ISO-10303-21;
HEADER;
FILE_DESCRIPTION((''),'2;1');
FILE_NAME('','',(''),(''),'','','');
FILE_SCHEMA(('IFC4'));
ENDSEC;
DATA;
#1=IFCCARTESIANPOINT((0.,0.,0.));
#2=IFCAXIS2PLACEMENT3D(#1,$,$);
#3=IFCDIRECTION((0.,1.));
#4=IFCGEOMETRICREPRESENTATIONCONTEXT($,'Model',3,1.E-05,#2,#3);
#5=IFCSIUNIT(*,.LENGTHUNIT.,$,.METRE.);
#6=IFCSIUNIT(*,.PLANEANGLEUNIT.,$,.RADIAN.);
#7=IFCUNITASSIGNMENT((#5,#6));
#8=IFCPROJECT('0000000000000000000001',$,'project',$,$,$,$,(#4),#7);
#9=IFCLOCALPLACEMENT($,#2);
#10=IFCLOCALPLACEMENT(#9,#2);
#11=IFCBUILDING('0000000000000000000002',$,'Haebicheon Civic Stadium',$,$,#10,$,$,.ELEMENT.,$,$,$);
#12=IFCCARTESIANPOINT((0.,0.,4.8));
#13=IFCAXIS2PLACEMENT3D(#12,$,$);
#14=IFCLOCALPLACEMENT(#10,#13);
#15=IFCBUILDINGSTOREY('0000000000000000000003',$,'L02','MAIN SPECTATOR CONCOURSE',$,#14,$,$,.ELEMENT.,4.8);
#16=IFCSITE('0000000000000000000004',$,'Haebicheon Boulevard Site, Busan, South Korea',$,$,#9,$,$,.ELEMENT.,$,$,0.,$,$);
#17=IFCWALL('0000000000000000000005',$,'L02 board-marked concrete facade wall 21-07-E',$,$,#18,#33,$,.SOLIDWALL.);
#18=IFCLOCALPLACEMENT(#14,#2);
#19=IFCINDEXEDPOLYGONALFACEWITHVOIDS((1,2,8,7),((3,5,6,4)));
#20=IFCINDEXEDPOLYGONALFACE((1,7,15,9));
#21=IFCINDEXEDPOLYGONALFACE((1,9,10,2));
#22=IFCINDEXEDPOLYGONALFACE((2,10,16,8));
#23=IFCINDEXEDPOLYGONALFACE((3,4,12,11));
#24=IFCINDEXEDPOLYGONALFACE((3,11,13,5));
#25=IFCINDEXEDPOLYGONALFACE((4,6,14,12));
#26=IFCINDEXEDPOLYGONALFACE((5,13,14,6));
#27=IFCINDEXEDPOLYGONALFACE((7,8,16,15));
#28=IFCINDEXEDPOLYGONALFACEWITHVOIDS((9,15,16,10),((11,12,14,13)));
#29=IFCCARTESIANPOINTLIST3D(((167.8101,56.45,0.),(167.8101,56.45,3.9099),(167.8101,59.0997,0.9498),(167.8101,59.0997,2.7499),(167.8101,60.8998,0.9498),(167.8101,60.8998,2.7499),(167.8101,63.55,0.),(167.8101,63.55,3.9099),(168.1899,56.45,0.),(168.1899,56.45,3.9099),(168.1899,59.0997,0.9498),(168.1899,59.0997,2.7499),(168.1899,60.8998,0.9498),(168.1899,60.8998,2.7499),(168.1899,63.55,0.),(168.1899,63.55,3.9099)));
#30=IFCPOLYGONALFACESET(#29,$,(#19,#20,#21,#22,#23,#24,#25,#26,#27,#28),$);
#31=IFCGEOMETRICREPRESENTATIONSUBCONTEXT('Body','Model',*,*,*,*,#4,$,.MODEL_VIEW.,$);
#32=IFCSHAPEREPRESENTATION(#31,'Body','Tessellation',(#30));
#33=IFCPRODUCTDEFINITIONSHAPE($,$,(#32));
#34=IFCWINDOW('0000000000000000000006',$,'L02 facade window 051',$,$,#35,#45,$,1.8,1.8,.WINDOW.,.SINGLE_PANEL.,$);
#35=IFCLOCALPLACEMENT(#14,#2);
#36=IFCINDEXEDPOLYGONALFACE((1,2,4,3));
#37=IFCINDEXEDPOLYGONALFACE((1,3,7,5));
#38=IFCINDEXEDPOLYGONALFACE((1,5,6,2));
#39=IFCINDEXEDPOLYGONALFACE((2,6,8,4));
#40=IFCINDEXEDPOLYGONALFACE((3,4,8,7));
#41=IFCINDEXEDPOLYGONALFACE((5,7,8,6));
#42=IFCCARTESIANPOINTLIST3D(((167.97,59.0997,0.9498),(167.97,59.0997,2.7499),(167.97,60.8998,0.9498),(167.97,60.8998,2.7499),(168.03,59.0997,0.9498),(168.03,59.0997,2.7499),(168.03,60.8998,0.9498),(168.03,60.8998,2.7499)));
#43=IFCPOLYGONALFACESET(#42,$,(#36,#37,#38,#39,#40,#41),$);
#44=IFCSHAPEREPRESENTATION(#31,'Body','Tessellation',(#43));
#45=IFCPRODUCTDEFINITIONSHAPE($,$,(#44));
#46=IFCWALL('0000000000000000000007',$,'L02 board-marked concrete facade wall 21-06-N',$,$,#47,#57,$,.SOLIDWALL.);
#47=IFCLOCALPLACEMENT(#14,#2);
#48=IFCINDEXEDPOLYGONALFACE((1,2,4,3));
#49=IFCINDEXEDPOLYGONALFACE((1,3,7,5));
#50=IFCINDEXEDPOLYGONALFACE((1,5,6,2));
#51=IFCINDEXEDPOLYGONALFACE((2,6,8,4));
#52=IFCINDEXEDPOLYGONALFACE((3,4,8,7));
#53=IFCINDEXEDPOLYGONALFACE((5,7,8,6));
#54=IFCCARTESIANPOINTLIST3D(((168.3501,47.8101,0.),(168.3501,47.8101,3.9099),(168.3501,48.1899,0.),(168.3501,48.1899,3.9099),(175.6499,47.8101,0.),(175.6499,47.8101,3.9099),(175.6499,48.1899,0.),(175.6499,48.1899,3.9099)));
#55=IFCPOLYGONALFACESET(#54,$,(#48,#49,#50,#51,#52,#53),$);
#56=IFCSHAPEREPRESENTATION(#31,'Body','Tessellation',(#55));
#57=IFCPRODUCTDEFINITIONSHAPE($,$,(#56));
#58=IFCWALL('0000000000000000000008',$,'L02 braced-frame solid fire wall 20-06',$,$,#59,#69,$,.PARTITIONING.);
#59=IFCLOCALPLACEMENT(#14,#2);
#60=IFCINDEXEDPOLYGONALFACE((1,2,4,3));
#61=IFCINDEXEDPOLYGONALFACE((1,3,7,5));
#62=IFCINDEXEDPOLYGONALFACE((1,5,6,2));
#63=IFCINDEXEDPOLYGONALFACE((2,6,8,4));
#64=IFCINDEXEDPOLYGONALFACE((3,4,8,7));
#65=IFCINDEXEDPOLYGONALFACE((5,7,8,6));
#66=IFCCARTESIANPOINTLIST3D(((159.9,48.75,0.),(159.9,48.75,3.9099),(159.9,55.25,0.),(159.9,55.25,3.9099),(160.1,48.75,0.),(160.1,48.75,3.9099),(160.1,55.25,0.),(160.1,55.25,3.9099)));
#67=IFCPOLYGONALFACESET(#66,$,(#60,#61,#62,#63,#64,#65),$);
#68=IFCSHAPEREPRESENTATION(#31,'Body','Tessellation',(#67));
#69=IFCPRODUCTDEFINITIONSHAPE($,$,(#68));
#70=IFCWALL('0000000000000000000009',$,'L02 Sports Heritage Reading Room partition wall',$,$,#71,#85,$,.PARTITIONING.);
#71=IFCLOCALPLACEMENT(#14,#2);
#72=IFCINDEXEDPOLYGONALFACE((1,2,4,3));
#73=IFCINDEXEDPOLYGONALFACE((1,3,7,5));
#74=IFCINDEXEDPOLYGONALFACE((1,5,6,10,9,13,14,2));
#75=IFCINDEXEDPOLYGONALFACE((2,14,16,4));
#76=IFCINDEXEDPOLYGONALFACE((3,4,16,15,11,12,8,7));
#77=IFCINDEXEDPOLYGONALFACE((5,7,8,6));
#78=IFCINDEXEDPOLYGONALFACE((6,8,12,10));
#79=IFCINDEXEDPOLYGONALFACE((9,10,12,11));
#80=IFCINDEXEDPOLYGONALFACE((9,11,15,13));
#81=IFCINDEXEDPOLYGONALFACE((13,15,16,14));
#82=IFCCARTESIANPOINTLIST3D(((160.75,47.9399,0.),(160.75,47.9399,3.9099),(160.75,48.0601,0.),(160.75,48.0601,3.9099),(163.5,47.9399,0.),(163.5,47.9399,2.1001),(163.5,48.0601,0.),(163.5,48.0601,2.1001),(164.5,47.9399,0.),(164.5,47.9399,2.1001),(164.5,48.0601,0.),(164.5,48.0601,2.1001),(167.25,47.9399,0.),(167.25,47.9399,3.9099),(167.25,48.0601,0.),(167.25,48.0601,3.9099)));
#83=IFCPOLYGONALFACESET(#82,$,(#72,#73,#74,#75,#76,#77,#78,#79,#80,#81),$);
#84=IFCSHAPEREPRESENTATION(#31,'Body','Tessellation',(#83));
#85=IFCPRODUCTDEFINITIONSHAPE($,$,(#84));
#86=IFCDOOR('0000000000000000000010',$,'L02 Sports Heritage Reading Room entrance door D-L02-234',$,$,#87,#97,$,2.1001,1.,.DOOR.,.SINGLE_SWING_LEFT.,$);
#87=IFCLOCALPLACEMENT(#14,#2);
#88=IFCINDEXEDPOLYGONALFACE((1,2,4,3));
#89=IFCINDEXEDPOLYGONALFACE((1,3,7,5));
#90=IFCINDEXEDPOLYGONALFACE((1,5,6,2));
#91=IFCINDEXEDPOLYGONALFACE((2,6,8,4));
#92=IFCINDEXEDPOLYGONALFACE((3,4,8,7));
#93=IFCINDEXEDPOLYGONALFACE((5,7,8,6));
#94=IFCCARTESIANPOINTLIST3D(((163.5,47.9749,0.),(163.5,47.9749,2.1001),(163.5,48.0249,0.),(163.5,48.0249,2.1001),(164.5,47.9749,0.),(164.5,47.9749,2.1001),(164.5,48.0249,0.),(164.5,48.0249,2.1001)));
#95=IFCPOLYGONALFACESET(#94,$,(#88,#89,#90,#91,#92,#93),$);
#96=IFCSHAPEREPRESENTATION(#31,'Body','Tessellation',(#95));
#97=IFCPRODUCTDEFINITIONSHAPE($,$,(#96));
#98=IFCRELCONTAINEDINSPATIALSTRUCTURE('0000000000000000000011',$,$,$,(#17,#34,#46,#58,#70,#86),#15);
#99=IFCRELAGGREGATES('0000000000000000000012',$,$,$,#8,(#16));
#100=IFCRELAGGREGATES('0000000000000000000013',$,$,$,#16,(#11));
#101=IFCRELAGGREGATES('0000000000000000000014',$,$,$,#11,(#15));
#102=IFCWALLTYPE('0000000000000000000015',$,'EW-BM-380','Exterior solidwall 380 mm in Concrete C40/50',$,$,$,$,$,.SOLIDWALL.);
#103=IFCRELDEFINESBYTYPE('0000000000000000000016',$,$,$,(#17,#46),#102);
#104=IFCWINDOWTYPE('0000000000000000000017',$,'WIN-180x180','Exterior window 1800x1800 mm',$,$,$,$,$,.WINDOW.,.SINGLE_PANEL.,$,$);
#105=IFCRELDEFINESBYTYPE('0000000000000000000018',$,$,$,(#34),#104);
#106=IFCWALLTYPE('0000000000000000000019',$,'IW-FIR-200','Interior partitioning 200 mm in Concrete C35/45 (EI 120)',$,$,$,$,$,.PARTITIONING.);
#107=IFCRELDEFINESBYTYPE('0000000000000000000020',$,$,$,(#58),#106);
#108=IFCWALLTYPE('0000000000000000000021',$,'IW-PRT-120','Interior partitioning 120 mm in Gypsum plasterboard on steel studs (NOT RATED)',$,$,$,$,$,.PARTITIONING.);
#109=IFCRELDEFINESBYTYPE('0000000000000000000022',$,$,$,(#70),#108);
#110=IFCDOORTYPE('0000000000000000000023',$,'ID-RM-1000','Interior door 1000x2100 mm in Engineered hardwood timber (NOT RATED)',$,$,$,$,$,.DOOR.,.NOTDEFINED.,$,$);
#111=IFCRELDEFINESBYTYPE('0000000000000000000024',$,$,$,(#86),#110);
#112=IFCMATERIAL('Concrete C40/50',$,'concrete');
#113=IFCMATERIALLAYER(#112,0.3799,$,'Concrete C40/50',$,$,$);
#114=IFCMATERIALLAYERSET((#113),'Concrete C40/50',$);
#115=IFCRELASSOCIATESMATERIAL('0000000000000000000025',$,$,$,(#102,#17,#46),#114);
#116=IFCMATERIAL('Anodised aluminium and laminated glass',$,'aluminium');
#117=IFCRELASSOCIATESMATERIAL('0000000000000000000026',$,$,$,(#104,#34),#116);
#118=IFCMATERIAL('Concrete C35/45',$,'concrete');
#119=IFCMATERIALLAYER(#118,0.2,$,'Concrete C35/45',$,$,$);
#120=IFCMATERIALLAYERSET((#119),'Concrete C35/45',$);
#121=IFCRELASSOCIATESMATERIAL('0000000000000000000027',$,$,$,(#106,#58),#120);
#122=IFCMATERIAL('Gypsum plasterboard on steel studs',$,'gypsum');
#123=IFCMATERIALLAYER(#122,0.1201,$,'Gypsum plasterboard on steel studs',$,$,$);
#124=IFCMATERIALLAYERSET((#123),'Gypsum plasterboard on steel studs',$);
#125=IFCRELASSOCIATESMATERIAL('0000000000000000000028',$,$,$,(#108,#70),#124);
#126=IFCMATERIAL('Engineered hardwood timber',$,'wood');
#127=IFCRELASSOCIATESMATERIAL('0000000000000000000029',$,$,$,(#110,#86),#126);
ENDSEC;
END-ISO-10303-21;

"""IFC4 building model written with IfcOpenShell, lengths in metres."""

from ifc_helpers import new_model, si_unit, direction, frame, frame_2d, origin, place, context, subcontext, project, spatial, rectangle, extrude, material, layer, layer_set, type_object, element, fill, save


model = new_model("IFC4")

# Units and contexts
model_context = context("Model", 3, precision=1e-05, world=origin(), true_north=direction((0.0, 1.0)))
body_context = subcontext(model_context, "Body", "Model", "MODEL_VIEW")
ifc_project = project(units=[si_unit("LENGTHUNIT", "METRE"), si_unit("PLANEANGLEUNIT", "RADIAN")], contexts=[model_context])

# Site, building, storey
site_placement = place(None, origin())
site = spatial("IfcSite", under=ifc_project, at=site_placement, Name="Haebicheon Boulevard Site, Busan, South Korea", CompositionType="ELEMENT", RefElevation=0.0)
building_placement = place(site_placement, origin())
building = spatial("IfcBuilding", under=site, at=building_placement, Name="Haebicheon Civic Stadium", CompositionType="ELEMENT")
storey_placement = place(building_placement, frame((0.0, 0.0, 4.8)))
storey = spatial("IfcBuildingStorey", under=building, at=storey_placement, Name="L02", Description="MAIN SPECTATOR CONCOURSE", CompositionType="ELEMENT", Elevation=4.8)

# Shared definitions
ifc_material_1 = material(Name="Concrete C40/50", Category="concrete")
ifc_layer_1 = layer(ifc_material_1, 0.3799, Name="Concrete C40/50")
ifc_layer_set_1 = layer_set([ifc_layer_1], Name="Concrete C40/50")
wall_type_1 = type_object("IfcWallType", Name="EW-BM-380", Description="Exterior solidwall 380 mm in Concrete C40/50", PredefinedType="SOLIDWALL", material=ifc_layer_set_1)

# Wall, opening, window
wall_1_placement = place(storey_placement, frame((168.0, 56.45, 0.0), z_axis=(0.0, 0.0, 1.0), x_axis=(0.0, 1.0, 0.0)))
wall_1 = element("IfcWall", 1, at=wall_1_placement, inside=storey, type_object=wall_type_1, material=ifc_layer_set_1, Name="L02 board-marked concrete facade wall 21-07-E", PredefinedType="SOLIDWALL", context=body_context, shape_type="SweptSolid", body=[
    extrude(rectangle(XDim=7.1001, YDim=0.3799, at=frame_2d((3.55, 0.0))), origin(), (0.0, 0.0, 1.0), 3.9099),
])
opening_1_placement = place(wall_1_placement, frame((2.6499, 0.0, 0.95)))
opening_1 = element("IfcOpeningElement", 2, at=opening_1_placement, cuts=wall_1, PredefinedType="OPENING", context=body_context, shape_type="SweptSolid", body=[
    extrude(rectangle(XDim=1.8, YDim=1.8, at=frame_2d((0.8999, 0.8999))), frame((0.0, 0.2, 0.0), z_axis=(0.0, -1.0, 0.0), x_axis=(1.0, 0.0, 0.0)), (0.0, 0.0, 1.0), 0.3999),
])
ifc_material_2 = material(Name="Anodised aluminium and laminated glass", Category="aluminium")
window_type = type_object("IfcWindowType", Name="WIN-180x180", Description="Exterior window 1800x1800 mm", PartitioningType="SINGLE_PANEL", PredefinedType="WINDOW", material=ifc_material_2)
window_placement = place(opening_1_placement, origin())
window = element("IfcWindow", 3, at=window_placement, inside=storey, type_object=window_type, material=ifc_material_2, Name="L02 facade window 051", OverallHeight=1.8, OverallWidth=1.8, PartitioningType="SINGLE_PANEL", PredefinedType="WINDOW", context=body_context, shape_type="SweptSolid", body=[
    extrude(rectangle(XDim=1.8, YDim=1.8, at=frame_2d((0.8999, 0.8999))), frame((0.0, 0.03, 0.0), z_axis=(0.0, -1.0, 0.0), x_axis=(1.0, 0.0, 0.0)), (0.0, 0.0, 1.0), 0.0601),
])
fill(opening_1, window)

# Walls
wall_2_placement = place(storey_placement, frame((168.3501, 48.0, 0.0), z_axis=(0.0, 0.0, 1.0), x_axis=(1.0, 0.0, 0.0)))
element("IfcWall", 4, at=wall_2_placement, inside=storey, type_object=wall_type_1, material=ifc_layer_set_1, Name="L02 board-marked concrete facade wall 21-06-N", PredefinedType="SOLIDWALL", context=body_context, shape_type="SweptSolid", body=[
    extrude(rectangle(XDim=7.2998, YDim=0.3799, at=frame_2d((3.6499, 0.0))), origin(), (0.0, 0.0, 1.0), 3.9099),
])
ifc_material_3 = material(Name="Concrete C35/45", Category="concrete")
ifc_layer_2 = layer(ifc_material_3, 0.2, Name="Concrete C35/45")
ifc_layer_set_2 = layer_set([ifc_layer_2], Name="Concrete C35/45")
wall_type_2 = type_object("IfcWallType", Name="IW-FIR-200", Description="Interior partitioning 200 mm in Concrete C35/45 (EI 120)", PredefinedType="PARTITIONING", material=ifc_layer_set_2)
wall_3_placement = place(storey_placement, frame((160.0, 48.75, 0.0), z_axis=(0.0, 0.0, 1.0), x_axis=(0.0, 1.0, 0.0)))
element("IfcWall", 5, at=wall_3_placement, inside=storey, type_object=wall_type_2, material=ifc_layer_set_2, Name="L02 braced-frame solid fire wall 20-06", PredefinedType="PARTITIONING", context=body_context, shape_type="SweptSolid", body=[
    extrude(rectangle(XDim=6.5, YDim=0.2, at=frame_2d((3.25, 0.0))), origin(), (0.0, 0.0, 1.0), 3.9099),
])

# Wall, opening, door
ifc_material_4 = material(Name="Gypsum plasterboard on steel studs", Category="gypsum")
ifc_layer_3 = layer(ifc_material_4, 0.1201, Name="Gypsum plasterboard on steel studs")
ifc_layer_set_3 = layer_set([ifc_layer_3], Name="Gypsum plasterboard on steel studs")
wall_type_3 = type_object("IfcWallType", Name="IW-PRT-120", Description="Interior partitioning 120 mm in Gypsum plasterboard on steel studs (NOT RATED)", PredefinedType="PARTITIONING", material=ifc_layer_set_3)
wall_4_placement = place(storey_placement, frame((160.75, 48.0, 0.0), z_axis=(0.0, 0.0, 1.0), x_axis=(1.0, 0.0, 0.0)))
wall_4 = element("IfcWall", 6, at=wall_4_placement, inside=storey, type_object=wall_type_3, material=ifc_layer_set_3, Name="L02 Sports Heritage Reading Room partition wall", PredefinedType="PARTITIONING", context=body_context, shape_type="SweptSolid", body=[
    extrude(rectangle(XDim=6.5, YDim=0.1201, at=frame_2d((3.25, 0.0))), origin(), (0.0, 0.0, 1.0), 3.9099),
])
opening_2_placement = place(wall_4_placement, frame((2.75, 0.0, 0.0)))
opening_2 = element("IfcOpeningElement", 7, at=opening_2_placement, cuts=wall_4, PredefinedType="OPENING", context=body_context, shape_type="SweptSolid", body=[
    extrude(rectangle(XDim=1.0, YDim=2.1001, at=frame_2d((0.5, 1.05))), frame((0.0, 0.0701, 0.0), z_axis=(0.0, -1.0, 0.0), x_axis=(1.0, 0.0, 0.0)), (0.0, 0.0, 1.0), 0.1401),
])
ifc_material_5 = material(Name="Engineered hardwood timber", Category="wood")
door_type = type_object("IfcDoorType", Name="ID-RM-1000", Description="Interior door 1000x2100 mm in Engineered hardwood timber (NOT RATED)", OperationType="NOTDEFINED", PredefinedType="DOOR", material=ifc_material_5)
door_placement = place(opening_2_placement, origin())
door = element("IfcDoor", 8, at=door_placement, inside=storey, type_object=door_type, material=ifc_material_5, Name="L02 Sports Heritage Reading Room entrance door D-L02-234", OperationType="SINGLE_SWING_LEFT", OverallHeight=2.1001, OverallWidth=1.0, PredefinedType="DOOR", context=body_context, shape_type="SweptSolid", body=[
    extrude(rectangle(XDim=1.0, YDim=2.1001, at=frame_2d((0.5, 1.05))), frame((0.0, 0.0249, 0.0), z_axis=(0.0, -1.0, 0.0), x_axis=(1.0, 0.0, 0.0)), (0.0, 0.0, 1.0), 0.05),
])
fill(opening_2, door)

save(model, "model.ifc")
